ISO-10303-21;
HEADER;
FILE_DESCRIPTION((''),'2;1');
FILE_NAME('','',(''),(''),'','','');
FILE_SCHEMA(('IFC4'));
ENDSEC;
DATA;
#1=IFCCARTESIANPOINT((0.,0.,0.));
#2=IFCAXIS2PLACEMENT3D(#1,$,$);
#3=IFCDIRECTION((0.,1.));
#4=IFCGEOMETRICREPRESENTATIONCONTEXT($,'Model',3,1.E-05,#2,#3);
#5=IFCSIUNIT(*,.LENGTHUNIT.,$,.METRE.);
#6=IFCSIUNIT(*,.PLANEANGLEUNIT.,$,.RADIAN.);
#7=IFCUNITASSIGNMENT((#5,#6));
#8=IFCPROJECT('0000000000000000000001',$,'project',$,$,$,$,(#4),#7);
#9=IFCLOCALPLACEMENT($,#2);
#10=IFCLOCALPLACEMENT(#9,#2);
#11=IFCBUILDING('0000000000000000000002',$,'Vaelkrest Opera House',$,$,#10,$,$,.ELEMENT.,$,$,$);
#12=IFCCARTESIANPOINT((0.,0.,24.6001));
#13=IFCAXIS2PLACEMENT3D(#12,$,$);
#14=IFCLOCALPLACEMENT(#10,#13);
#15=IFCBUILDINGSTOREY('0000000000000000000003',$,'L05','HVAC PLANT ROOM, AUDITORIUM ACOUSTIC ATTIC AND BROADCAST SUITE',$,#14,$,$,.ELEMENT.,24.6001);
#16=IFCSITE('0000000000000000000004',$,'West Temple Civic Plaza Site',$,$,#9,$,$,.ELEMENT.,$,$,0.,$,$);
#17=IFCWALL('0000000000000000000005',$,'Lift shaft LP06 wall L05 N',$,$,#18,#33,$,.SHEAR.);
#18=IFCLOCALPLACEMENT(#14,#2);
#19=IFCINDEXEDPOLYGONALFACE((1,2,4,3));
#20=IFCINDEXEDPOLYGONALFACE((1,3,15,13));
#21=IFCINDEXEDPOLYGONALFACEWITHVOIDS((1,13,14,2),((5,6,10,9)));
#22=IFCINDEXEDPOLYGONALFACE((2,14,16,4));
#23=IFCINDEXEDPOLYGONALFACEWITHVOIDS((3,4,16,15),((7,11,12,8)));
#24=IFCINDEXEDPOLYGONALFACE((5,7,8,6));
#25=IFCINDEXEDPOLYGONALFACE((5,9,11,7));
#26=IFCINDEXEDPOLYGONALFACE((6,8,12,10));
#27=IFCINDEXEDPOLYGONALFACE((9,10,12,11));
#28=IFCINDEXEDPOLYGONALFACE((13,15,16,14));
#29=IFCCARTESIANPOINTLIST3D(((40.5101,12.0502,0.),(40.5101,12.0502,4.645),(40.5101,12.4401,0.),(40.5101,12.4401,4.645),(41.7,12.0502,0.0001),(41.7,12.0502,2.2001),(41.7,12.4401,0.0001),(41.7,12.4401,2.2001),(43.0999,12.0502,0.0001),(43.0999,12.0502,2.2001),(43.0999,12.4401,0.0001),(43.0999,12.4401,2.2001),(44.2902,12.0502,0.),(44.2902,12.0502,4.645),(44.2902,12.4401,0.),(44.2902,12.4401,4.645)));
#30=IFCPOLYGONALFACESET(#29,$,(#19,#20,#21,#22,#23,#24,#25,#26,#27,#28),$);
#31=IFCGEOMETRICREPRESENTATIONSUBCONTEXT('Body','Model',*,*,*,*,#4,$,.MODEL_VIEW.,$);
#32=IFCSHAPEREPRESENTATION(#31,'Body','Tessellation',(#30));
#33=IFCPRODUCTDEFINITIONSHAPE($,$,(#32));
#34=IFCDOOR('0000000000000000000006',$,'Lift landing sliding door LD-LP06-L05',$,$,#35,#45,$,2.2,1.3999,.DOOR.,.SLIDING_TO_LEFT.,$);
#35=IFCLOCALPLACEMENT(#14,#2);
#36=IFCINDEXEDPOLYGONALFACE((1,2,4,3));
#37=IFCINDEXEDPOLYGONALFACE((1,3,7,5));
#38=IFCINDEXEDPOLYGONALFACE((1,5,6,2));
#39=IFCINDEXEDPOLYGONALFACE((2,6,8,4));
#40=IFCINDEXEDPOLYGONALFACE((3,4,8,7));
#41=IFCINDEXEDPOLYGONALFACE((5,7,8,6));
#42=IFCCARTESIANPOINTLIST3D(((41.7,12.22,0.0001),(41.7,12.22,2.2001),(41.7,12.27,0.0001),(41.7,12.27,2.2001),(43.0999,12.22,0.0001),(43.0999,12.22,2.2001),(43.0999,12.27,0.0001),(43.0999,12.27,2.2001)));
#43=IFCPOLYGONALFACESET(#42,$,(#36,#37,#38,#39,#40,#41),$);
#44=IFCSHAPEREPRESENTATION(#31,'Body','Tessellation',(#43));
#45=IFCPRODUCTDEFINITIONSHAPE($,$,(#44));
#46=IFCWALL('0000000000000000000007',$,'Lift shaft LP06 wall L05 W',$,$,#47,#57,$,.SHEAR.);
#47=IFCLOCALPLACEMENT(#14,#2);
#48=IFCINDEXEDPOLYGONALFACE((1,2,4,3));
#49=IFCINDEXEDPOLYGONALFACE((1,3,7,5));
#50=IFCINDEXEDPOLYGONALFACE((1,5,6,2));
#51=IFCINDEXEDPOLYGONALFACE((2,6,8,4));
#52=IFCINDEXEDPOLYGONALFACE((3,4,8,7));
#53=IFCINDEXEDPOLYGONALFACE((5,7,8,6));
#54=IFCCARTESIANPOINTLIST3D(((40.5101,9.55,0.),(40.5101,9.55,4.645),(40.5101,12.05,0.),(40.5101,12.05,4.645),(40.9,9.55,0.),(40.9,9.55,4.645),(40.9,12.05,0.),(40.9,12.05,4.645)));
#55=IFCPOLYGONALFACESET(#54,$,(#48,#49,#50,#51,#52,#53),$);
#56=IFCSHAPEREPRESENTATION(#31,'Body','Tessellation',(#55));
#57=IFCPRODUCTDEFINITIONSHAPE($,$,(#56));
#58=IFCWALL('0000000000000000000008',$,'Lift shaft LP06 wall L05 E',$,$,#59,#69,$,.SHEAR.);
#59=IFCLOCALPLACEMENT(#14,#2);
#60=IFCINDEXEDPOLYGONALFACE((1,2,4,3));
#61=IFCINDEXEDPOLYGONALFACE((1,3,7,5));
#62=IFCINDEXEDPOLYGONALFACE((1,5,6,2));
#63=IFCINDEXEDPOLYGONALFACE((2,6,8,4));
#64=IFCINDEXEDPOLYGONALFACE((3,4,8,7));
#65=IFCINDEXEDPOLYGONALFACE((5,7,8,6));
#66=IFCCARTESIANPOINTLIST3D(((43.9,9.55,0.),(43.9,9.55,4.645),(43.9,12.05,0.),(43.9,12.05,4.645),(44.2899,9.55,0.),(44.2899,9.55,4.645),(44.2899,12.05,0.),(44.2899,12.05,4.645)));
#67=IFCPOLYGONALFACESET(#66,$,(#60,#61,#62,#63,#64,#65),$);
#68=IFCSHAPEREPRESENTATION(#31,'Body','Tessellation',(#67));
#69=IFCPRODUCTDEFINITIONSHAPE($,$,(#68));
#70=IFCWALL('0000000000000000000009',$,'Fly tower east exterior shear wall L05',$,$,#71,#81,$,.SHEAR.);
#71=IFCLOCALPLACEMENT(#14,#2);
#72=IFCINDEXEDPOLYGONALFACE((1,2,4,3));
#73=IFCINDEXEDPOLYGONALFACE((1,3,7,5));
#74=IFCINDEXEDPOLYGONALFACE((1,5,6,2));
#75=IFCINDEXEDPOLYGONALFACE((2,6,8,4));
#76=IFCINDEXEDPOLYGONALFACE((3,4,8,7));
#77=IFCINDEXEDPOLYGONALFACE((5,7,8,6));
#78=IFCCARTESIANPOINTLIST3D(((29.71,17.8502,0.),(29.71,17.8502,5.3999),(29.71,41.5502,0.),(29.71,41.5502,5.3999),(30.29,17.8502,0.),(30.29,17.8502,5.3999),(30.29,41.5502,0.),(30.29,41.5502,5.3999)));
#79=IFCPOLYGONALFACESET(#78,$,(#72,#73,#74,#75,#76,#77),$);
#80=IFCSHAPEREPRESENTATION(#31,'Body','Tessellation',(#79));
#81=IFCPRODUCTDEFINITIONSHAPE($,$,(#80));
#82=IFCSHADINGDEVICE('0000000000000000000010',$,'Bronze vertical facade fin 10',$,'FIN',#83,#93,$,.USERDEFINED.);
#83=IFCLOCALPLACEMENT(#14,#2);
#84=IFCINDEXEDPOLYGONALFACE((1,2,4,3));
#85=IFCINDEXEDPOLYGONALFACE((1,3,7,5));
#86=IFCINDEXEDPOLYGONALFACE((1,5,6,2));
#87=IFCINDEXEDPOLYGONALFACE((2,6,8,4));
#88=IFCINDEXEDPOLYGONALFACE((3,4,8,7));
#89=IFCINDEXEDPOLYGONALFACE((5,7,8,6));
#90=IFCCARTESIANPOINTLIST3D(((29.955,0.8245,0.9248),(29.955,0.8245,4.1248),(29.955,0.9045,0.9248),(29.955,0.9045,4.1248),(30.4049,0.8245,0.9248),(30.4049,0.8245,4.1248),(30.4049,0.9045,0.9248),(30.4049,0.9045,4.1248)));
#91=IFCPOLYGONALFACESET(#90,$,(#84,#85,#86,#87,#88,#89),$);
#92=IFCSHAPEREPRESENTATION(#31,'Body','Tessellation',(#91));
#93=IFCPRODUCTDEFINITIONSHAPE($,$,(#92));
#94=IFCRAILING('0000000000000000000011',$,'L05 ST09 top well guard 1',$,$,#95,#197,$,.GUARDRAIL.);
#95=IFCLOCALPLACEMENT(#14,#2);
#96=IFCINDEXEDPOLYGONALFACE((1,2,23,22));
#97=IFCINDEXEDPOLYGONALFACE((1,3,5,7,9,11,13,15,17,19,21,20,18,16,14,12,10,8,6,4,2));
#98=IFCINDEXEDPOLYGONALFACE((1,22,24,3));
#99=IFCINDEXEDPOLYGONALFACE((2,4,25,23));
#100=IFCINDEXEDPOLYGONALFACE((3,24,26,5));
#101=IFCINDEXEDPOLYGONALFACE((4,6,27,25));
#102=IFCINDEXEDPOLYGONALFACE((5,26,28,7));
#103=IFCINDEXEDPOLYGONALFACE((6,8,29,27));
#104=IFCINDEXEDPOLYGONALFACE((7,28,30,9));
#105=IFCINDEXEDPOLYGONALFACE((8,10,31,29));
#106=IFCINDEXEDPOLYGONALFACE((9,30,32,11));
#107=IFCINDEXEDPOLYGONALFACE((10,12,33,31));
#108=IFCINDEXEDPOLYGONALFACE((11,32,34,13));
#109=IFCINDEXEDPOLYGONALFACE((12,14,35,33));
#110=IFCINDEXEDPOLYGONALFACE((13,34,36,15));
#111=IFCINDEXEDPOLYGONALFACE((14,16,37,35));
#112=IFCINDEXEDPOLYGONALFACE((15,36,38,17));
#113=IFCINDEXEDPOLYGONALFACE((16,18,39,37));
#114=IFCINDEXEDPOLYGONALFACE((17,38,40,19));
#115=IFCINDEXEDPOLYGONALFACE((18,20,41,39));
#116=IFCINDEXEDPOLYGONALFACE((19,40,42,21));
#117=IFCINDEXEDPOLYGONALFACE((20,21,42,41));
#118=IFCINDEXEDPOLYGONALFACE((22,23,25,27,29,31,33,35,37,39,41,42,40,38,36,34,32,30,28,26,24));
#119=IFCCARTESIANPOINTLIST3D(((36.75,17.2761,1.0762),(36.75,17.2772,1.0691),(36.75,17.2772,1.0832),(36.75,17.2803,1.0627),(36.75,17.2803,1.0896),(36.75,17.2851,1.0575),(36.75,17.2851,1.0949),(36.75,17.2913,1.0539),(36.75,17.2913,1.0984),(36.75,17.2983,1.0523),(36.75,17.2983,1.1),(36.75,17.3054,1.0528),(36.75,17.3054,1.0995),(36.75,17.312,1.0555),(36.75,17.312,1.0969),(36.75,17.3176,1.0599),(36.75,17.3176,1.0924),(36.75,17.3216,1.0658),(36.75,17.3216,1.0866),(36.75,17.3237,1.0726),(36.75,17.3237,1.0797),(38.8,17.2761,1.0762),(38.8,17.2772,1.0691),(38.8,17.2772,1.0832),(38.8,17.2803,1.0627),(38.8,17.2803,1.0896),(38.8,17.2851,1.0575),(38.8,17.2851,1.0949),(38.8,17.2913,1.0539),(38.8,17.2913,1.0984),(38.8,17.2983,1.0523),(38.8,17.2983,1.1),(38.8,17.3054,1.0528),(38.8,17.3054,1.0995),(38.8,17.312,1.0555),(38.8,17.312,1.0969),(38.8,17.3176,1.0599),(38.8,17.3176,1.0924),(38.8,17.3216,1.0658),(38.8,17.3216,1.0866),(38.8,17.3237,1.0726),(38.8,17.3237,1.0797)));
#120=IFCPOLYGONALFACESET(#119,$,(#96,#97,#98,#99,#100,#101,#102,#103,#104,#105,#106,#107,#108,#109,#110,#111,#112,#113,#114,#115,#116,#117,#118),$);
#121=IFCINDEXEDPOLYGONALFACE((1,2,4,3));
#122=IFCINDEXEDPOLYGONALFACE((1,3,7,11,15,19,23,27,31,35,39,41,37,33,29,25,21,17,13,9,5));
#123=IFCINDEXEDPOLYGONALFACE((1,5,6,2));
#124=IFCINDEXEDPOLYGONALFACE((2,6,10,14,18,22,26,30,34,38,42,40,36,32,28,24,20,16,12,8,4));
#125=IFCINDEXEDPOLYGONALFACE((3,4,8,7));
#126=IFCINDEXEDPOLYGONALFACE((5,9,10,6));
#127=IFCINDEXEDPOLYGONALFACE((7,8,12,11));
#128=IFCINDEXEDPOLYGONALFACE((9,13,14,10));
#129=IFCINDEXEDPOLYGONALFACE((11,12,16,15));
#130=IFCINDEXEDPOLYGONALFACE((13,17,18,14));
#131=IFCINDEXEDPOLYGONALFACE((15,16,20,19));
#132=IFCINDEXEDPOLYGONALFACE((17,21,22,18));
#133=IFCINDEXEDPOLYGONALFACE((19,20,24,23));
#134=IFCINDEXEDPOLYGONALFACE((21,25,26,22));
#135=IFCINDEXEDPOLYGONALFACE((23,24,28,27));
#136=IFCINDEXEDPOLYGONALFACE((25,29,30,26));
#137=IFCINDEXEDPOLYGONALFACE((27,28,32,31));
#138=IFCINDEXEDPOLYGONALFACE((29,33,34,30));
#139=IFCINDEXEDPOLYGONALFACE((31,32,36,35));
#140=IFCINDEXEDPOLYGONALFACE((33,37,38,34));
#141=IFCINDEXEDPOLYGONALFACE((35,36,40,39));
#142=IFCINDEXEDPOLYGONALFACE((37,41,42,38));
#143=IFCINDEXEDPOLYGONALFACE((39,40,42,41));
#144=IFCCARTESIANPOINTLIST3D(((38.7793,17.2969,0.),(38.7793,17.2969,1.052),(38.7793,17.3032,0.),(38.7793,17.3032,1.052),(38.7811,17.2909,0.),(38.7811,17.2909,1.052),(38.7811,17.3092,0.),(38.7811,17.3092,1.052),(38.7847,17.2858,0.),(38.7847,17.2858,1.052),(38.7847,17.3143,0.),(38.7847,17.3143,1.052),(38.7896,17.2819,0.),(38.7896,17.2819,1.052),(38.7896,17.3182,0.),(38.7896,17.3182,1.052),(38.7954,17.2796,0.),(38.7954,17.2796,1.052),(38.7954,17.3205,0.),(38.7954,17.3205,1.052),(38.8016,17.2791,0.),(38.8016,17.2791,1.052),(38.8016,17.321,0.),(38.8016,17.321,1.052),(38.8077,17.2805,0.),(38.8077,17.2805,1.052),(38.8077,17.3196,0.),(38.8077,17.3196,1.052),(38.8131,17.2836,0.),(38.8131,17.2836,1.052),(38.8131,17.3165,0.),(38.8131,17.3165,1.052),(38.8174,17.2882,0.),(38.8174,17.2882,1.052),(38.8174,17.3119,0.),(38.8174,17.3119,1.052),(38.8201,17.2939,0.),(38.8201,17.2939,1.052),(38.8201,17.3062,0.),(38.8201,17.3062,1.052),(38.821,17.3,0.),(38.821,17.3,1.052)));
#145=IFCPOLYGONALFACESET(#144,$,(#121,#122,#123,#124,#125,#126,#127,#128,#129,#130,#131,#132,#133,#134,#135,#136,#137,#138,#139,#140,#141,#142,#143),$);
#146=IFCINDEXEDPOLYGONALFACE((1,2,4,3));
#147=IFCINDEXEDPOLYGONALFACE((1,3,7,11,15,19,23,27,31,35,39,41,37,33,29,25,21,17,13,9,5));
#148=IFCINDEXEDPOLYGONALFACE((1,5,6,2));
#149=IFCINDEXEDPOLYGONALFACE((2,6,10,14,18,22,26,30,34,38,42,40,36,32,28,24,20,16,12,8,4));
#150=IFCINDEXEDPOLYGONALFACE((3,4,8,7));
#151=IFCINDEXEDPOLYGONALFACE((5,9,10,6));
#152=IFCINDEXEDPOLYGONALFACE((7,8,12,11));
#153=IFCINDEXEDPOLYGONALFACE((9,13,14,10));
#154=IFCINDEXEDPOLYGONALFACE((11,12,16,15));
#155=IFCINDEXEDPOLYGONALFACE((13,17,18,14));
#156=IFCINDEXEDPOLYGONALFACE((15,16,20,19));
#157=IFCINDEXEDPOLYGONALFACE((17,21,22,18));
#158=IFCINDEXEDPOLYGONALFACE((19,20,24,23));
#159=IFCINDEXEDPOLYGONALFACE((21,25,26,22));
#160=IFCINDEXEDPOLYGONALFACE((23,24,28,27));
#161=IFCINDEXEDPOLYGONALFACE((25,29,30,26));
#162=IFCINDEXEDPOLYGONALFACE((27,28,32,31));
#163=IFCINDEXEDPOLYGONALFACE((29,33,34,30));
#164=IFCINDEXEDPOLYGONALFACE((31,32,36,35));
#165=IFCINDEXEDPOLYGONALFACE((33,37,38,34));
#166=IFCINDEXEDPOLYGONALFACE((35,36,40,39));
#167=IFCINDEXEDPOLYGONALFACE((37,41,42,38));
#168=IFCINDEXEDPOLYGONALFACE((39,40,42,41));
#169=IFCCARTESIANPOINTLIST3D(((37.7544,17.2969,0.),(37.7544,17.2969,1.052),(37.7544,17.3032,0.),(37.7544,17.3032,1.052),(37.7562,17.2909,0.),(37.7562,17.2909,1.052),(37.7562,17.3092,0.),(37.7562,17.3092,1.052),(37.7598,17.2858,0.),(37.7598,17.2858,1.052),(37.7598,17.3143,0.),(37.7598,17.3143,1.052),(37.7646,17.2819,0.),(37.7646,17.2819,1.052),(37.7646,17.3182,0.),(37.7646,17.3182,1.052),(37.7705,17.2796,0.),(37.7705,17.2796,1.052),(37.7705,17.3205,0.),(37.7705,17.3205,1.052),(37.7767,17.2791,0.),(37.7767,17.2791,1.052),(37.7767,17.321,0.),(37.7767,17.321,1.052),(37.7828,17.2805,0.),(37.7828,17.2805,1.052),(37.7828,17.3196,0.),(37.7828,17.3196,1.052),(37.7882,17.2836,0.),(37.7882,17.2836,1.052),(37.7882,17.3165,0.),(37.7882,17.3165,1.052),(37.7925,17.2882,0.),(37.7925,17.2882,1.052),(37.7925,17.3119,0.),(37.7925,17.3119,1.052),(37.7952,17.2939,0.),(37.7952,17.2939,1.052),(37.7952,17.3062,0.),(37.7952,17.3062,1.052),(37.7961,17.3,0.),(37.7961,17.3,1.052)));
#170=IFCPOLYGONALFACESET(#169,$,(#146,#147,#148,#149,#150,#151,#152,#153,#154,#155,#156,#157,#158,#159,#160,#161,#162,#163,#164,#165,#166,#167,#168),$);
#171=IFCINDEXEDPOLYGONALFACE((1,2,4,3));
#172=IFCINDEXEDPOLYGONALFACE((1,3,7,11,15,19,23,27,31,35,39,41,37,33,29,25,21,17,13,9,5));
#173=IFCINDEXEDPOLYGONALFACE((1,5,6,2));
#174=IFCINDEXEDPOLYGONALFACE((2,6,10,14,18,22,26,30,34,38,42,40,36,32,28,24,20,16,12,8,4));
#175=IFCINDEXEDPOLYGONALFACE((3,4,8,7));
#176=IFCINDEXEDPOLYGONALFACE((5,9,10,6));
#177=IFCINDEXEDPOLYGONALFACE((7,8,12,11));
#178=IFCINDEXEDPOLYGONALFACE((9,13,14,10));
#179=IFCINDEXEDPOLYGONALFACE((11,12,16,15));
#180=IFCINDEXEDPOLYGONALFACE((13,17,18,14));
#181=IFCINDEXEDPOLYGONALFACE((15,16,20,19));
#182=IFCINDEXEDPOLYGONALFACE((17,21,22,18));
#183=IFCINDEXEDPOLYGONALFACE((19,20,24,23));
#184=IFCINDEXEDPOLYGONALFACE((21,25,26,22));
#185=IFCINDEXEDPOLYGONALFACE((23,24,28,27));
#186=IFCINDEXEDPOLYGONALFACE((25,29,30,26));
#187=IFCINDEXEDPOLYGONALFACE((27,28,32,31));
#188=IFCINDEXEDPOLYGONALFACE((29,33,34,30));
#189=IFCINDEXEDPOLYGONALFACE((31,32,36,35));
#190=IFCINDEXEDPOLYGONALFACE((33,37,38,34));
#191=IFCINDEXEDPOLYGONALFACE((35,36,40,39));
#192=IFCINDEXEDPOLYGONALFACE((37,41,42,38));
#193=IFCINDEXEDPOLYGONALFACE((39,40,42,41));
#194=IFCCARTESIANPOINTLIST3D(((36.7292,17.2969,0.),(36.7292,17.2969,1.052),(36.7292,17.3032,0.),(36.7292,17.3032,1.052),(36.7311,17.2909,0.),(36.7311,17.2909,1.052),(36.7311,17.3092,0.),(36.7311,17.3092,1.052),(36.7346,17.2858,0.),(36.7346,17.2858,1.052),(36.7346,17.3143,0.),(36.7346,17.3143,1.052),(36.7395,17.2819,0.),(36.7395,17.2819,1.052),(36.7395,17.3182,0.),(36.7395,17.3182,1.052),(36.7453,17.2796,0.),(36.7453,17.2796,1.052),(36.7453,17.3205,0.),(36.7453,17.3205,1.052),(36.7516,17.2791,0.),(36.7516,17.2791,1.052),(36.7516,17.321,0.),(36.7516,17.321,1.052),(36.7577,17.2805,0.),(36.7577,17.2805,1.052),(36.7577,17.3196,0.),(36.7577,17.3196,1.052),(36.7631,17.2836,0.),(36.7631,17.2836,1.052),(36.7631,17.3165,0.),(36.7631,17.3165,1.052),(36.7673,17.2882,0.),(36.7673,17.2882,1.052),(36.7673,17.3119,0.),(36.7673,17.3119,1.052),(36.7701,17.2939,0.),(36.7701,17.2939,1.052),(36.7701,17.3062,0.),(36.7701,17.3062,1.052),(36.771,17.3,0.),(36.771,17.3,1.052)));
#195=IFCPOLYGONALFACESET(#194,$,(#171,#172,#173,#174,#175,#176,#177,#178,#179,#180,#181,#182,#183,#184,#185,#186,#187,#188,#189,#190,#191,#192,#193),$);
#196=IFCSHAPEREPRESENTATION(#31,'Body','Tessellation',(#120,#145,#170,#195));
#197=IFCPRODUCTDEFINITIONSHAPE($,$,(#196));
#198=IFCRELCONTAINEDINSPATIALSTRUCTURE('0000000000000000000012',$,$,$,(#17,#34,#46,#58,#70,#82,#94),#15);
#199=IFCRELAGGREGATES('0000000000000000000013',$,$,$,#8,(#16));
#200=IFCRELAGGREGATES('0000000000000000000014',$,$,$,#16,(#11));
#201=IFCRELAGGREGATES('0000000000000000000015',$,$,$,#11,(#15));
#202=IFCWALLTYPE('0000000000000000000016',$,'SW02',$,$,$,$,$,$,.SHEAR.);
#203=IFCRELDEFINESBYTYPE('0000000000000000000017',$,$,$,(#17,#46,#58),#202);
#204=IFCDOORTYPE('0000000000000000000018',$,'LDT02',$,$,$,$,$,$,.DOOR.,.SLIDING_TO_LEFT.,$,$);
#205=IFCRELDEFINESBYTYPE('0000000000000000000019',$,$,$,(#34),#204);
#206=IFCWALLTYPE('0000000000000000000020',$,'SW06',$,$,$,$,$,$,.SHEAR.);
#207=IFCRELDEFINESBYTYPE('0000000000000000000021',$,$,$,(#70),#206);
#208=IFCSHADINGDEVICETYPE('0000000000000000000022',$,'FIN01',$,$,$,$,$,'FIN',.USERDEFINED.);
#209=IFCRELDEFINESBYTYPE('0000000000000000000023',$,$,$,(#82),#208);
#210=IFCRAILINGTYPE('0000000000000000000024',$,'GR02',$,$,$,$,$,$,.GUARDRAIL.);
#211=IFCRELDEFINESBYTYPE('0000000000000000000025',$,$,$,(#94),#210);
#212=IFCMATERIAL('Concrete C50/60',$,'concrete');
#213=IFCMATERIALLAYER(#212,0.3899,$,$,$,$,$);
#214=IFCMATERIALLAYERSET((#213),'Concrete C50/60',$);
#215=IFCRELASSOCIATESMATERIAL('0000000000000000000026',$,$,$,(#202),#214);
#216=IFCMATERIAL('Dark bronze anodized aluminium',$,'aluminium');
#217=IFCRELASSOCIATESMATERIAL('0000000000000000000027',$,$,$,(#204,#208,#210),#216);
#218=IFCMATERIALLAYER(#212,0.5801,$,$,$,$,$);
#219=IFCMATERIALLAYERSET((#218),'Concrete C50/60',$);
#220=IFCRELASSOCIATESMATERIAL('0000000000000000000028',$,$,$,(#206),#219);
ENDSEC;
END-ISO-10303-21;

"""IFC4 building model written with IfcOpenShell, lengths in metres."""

from ifc_helpers import new_model, si_unit, direction, frame, frame_2d, origin, origin_2d, place, context, subcontext, project, spatial, rectangle, circle, extrude, material, layer, layer_set, type_object, element, fill, save


model = new_model("IFC4")

# Units and contexts
model_context = context("Model", 3, precision=1e-05, world=origin(), true_north=direction((0.0, 1.0)))
body_context = subcontext(model_context, "Body", "Model", "MODEL_VIEW")
ifc_project = project(units=[si_unit("LENGTHUNIT", "METRE"), si_unit("PLANEANGLEUNIT", "RADIAN")], contexts=[model_context])

# Site, building, storey
site_placement = place(None, origin())
site = spatial("IfcSite", under=ifc_project, at=site_placement, Name="West Temple Civic Plaza Site", CompositionType="ELEMENT", RefElevation=0.0)
building_placement = place(site_placement, origin())
building = spatial("IfcBuilding", under=site, at=building_placement, Name="Vaelkrest Opera House", CompositionType="ELEMENT")
storey_placement = place(building_placement, frame((0.0, 0.0, 24.6001)))
storey = spatial("IfcBuildingStorey", under=building, at=storey_placement, Name="L05", Description="HVAC PLANT ROOM, AUDITORIUM ACOUSTIC ATTIC AND BROADCAST SUITE", CompositionType="ELEMENT", Elevation=24.6001)

# Shared definitions
ifc_material_1 = material(Name="Concrete C50/60", Category="concrete")

# Wall, opening, door
ifc_layer_1 = layer(ifc_material_1, 0.3899)
ifc_layer_set_1 = layer_set([ifc_layer_1], Name="Concrete C50/60")
wall_type_1 = type_object("IfcWallType", Name="SW02", PredefinedType="SHEAR", material=ifc_layer_set_1)
wall_1_placement = place(storey_placement, frame((40.51, 12.2451, 0.0), z_axis=(0.0, 0.0, 1.0), x_axis=(1.0, 0.0, 0.0)))
wall_1 = element("IfcWall", 1, at=wall_1_placement, inside=storey, type_object=wall_type_1, Name="Lift shaft LP06 wall L05 N", PredefinedType="SHEAR", context=body_context, shape_type="SweptSolid", body=[
    extrude(rectangle(XDim=3.78, YDim=0.3899, at=frame_2d((1.8901, 0.0))), origin(), (0.0, 0.0, 1.0), 4.645),
])
opening_1_placement = place(wall_1_placement, frame((1.1899, 0.0, 0.0)))
opening_1 = element("IfcOpeningElement", 2, at=opening_1_placement, cuts=wall_1, PredefinedType="OPENING", context=body_context, shape_type="SweptSolid", body=[
    extrude(rectangle(XDim=1.3999, YDim=2.2, at=frame_2d((0.7, 1.1001))), frame((0.0, 0.2048, 0.0), z_axis=(0.0, -1.0, 0.0), x_axis=(1.0, 0.0, 0.0)), (0.0, 0.0, 1.0), 0.4099),
])
ifc_material_2 = material(Name="Dark bronze anodized aluminium", Category="aluminium")
door_type_1 = type_object("IfcDoorType", Name="LDT02", OperationType="SLIDING_TO_LEFT", PredefinedType="DOOR", material=ifc_material_2)
door_1_placement = place(opening_1_placement, origin())
door_1 = element("IfcDoor", 3, at=door_1_placement, inside=storey, type_object=door_type_1, Name="Lift landing sliding door LD-LP06-L05", OperationType="SLIDING_TO_LEFT", OverallHeight=2.2, OverallWidth=1.3999, PredefinedType="DOOR", context=body_context, shape_type="SweptSolid", body=[
    extrude(rectangle(XDim=1.3999, YDim=2.2, at=frame_2d((0.7, 1.1001))), frame((0.0, 0.0249, 0.0), z_axis=(0.0, -1.0, 0.0), x_axis=(1.0, 0.0, 0.0)), (0.0, 0.0, 1.0), 0.05),
])
fill(opening_1, door_1)

# Walls
for number, where, z_axis, x_axis, name in (
    (4, (40.7051, 9.55, 0.0), (0.0, 0.0, 1.0), (0.0, 1.0, 0.0), "Lift shaft LP06 wall L05 W"),
    (5, (44.095, 12.05, 0.0), (0.0, 0.0, 1.0), (0.0, -1.0, 0.0), "Lift shaft LP06 wall L05 E"),
):
    element("IfcWall", number, at=place(storey_placement, frame(where, z_axis=z_axis, x_axis=x_axis)), inside=storey, type_object=wall_type_1, Name=name, PredefinedType="SHEAR", context=body_context, shape_type="SweptSolid", body=[
        extrude(rectangle(XDim=2.5, YDim=0.3899, at=frame_2d((1.25, 0.0))), origin(), (0.0, 0.0, 1.0), 4.645),
    ])
ifc_layer_2 = layer(ifc_material_1, 0.5801)
ifc_layer_set_2 = layer_set([ifc_layer_2], Name="Concrete C50/60")
wall_type_2 = type_object("IfcWallType", Name="SW06", PredefinedType="SHEAR", material=ifc_layer_set_2)
wall_2_placement = place(storey_placement, frame((30.0, 17.8501, 0.0), z_axis=(0.0, 0.0, 1.0), x_axis=(0.0, 1.0, 0.0)))
element("IfcWall", 6, at=wall_2_placement, inside=storey, type_object=wall_type_2, Name="Fly tower east exterior shear wall L05", PredefinedType="SHEAR", context=body_context, shape_type="SweptSolid", body=[
    extrude(rectangle(XDim=23.7, YDim=0.5801, at=frame_2d((11.8501, 0.0))), origin(), (0.0, 0.0, 1.0), 5.3999),
])

# Shading device
shading_device_type = type_object("IfcShadingDeviceType", Name="FIN01", ElementType="FIN", PredefinedType="USERDEFINED", material=ifc_material_2)
shading_device_placement = place(storey_placement, frame((30.1799, 0.8645, 0.9248), z_axis=(0.0, 0.0, 1.0), x_axis=(1.0, 0.0, 0.0)))
element("IfcShadingDevice", 7, at=shading_device_placement, inside=storey, type_object=shading_device_type, Name="Bronze vertical facade fin 10", ObjectType="FIN", PredefinedType="USERDEFINED", context=body_context, shape_type="SweptSolid", body=[
    extrude(rectangle(XDim=0.45, YDim=0.0801, at=origin_2d()), origin(), (0.0, 0.0, 1.0), 3.2),
])

# Railing
railing_type = type_object("IfcRailingType", Name="GR02", PredefinedType="GUARDRAIL", material=ifc_material_2)
railing_placement = place(storey_placement, frame((38.8, 17.3, 0.0)))
element("IfcRailing", 8, at=railing_placement, inside=storey, type_object=railing_type, Name="L05 ST09 top well guard 1", PredefinedType="GUARDRAIL", context=body_context, shape_type="SweptSolid", body=[
    extrude(circle(Radius=0.0239, at=origin_2d()), frame((0.0, 0.0, 1.0762), z_axis=(-1.0, 0.0, 0.0), x_axis=(0.0, -1.0, 0.0)), (0.0, 0.0, 1.0), 2.05),
    extrude(circle(Radius=0.021, at=origin_2d()), origin(), (0.0, 0.0, 1.0), 1.052),
    extrude(circle(Radius=0.021, at=origin_2d()), frame((-1.0249, 0.0, 0.0)), (0.0, 0.0, 1.0), 1.052),
    extrude(circle(Radius=0.021, at=origin_2d()), frame((-2.05, 0.0, 0.0)), (0.0, 0.0, 1.0), 1.052),
])

save(model, "model.ifc")
